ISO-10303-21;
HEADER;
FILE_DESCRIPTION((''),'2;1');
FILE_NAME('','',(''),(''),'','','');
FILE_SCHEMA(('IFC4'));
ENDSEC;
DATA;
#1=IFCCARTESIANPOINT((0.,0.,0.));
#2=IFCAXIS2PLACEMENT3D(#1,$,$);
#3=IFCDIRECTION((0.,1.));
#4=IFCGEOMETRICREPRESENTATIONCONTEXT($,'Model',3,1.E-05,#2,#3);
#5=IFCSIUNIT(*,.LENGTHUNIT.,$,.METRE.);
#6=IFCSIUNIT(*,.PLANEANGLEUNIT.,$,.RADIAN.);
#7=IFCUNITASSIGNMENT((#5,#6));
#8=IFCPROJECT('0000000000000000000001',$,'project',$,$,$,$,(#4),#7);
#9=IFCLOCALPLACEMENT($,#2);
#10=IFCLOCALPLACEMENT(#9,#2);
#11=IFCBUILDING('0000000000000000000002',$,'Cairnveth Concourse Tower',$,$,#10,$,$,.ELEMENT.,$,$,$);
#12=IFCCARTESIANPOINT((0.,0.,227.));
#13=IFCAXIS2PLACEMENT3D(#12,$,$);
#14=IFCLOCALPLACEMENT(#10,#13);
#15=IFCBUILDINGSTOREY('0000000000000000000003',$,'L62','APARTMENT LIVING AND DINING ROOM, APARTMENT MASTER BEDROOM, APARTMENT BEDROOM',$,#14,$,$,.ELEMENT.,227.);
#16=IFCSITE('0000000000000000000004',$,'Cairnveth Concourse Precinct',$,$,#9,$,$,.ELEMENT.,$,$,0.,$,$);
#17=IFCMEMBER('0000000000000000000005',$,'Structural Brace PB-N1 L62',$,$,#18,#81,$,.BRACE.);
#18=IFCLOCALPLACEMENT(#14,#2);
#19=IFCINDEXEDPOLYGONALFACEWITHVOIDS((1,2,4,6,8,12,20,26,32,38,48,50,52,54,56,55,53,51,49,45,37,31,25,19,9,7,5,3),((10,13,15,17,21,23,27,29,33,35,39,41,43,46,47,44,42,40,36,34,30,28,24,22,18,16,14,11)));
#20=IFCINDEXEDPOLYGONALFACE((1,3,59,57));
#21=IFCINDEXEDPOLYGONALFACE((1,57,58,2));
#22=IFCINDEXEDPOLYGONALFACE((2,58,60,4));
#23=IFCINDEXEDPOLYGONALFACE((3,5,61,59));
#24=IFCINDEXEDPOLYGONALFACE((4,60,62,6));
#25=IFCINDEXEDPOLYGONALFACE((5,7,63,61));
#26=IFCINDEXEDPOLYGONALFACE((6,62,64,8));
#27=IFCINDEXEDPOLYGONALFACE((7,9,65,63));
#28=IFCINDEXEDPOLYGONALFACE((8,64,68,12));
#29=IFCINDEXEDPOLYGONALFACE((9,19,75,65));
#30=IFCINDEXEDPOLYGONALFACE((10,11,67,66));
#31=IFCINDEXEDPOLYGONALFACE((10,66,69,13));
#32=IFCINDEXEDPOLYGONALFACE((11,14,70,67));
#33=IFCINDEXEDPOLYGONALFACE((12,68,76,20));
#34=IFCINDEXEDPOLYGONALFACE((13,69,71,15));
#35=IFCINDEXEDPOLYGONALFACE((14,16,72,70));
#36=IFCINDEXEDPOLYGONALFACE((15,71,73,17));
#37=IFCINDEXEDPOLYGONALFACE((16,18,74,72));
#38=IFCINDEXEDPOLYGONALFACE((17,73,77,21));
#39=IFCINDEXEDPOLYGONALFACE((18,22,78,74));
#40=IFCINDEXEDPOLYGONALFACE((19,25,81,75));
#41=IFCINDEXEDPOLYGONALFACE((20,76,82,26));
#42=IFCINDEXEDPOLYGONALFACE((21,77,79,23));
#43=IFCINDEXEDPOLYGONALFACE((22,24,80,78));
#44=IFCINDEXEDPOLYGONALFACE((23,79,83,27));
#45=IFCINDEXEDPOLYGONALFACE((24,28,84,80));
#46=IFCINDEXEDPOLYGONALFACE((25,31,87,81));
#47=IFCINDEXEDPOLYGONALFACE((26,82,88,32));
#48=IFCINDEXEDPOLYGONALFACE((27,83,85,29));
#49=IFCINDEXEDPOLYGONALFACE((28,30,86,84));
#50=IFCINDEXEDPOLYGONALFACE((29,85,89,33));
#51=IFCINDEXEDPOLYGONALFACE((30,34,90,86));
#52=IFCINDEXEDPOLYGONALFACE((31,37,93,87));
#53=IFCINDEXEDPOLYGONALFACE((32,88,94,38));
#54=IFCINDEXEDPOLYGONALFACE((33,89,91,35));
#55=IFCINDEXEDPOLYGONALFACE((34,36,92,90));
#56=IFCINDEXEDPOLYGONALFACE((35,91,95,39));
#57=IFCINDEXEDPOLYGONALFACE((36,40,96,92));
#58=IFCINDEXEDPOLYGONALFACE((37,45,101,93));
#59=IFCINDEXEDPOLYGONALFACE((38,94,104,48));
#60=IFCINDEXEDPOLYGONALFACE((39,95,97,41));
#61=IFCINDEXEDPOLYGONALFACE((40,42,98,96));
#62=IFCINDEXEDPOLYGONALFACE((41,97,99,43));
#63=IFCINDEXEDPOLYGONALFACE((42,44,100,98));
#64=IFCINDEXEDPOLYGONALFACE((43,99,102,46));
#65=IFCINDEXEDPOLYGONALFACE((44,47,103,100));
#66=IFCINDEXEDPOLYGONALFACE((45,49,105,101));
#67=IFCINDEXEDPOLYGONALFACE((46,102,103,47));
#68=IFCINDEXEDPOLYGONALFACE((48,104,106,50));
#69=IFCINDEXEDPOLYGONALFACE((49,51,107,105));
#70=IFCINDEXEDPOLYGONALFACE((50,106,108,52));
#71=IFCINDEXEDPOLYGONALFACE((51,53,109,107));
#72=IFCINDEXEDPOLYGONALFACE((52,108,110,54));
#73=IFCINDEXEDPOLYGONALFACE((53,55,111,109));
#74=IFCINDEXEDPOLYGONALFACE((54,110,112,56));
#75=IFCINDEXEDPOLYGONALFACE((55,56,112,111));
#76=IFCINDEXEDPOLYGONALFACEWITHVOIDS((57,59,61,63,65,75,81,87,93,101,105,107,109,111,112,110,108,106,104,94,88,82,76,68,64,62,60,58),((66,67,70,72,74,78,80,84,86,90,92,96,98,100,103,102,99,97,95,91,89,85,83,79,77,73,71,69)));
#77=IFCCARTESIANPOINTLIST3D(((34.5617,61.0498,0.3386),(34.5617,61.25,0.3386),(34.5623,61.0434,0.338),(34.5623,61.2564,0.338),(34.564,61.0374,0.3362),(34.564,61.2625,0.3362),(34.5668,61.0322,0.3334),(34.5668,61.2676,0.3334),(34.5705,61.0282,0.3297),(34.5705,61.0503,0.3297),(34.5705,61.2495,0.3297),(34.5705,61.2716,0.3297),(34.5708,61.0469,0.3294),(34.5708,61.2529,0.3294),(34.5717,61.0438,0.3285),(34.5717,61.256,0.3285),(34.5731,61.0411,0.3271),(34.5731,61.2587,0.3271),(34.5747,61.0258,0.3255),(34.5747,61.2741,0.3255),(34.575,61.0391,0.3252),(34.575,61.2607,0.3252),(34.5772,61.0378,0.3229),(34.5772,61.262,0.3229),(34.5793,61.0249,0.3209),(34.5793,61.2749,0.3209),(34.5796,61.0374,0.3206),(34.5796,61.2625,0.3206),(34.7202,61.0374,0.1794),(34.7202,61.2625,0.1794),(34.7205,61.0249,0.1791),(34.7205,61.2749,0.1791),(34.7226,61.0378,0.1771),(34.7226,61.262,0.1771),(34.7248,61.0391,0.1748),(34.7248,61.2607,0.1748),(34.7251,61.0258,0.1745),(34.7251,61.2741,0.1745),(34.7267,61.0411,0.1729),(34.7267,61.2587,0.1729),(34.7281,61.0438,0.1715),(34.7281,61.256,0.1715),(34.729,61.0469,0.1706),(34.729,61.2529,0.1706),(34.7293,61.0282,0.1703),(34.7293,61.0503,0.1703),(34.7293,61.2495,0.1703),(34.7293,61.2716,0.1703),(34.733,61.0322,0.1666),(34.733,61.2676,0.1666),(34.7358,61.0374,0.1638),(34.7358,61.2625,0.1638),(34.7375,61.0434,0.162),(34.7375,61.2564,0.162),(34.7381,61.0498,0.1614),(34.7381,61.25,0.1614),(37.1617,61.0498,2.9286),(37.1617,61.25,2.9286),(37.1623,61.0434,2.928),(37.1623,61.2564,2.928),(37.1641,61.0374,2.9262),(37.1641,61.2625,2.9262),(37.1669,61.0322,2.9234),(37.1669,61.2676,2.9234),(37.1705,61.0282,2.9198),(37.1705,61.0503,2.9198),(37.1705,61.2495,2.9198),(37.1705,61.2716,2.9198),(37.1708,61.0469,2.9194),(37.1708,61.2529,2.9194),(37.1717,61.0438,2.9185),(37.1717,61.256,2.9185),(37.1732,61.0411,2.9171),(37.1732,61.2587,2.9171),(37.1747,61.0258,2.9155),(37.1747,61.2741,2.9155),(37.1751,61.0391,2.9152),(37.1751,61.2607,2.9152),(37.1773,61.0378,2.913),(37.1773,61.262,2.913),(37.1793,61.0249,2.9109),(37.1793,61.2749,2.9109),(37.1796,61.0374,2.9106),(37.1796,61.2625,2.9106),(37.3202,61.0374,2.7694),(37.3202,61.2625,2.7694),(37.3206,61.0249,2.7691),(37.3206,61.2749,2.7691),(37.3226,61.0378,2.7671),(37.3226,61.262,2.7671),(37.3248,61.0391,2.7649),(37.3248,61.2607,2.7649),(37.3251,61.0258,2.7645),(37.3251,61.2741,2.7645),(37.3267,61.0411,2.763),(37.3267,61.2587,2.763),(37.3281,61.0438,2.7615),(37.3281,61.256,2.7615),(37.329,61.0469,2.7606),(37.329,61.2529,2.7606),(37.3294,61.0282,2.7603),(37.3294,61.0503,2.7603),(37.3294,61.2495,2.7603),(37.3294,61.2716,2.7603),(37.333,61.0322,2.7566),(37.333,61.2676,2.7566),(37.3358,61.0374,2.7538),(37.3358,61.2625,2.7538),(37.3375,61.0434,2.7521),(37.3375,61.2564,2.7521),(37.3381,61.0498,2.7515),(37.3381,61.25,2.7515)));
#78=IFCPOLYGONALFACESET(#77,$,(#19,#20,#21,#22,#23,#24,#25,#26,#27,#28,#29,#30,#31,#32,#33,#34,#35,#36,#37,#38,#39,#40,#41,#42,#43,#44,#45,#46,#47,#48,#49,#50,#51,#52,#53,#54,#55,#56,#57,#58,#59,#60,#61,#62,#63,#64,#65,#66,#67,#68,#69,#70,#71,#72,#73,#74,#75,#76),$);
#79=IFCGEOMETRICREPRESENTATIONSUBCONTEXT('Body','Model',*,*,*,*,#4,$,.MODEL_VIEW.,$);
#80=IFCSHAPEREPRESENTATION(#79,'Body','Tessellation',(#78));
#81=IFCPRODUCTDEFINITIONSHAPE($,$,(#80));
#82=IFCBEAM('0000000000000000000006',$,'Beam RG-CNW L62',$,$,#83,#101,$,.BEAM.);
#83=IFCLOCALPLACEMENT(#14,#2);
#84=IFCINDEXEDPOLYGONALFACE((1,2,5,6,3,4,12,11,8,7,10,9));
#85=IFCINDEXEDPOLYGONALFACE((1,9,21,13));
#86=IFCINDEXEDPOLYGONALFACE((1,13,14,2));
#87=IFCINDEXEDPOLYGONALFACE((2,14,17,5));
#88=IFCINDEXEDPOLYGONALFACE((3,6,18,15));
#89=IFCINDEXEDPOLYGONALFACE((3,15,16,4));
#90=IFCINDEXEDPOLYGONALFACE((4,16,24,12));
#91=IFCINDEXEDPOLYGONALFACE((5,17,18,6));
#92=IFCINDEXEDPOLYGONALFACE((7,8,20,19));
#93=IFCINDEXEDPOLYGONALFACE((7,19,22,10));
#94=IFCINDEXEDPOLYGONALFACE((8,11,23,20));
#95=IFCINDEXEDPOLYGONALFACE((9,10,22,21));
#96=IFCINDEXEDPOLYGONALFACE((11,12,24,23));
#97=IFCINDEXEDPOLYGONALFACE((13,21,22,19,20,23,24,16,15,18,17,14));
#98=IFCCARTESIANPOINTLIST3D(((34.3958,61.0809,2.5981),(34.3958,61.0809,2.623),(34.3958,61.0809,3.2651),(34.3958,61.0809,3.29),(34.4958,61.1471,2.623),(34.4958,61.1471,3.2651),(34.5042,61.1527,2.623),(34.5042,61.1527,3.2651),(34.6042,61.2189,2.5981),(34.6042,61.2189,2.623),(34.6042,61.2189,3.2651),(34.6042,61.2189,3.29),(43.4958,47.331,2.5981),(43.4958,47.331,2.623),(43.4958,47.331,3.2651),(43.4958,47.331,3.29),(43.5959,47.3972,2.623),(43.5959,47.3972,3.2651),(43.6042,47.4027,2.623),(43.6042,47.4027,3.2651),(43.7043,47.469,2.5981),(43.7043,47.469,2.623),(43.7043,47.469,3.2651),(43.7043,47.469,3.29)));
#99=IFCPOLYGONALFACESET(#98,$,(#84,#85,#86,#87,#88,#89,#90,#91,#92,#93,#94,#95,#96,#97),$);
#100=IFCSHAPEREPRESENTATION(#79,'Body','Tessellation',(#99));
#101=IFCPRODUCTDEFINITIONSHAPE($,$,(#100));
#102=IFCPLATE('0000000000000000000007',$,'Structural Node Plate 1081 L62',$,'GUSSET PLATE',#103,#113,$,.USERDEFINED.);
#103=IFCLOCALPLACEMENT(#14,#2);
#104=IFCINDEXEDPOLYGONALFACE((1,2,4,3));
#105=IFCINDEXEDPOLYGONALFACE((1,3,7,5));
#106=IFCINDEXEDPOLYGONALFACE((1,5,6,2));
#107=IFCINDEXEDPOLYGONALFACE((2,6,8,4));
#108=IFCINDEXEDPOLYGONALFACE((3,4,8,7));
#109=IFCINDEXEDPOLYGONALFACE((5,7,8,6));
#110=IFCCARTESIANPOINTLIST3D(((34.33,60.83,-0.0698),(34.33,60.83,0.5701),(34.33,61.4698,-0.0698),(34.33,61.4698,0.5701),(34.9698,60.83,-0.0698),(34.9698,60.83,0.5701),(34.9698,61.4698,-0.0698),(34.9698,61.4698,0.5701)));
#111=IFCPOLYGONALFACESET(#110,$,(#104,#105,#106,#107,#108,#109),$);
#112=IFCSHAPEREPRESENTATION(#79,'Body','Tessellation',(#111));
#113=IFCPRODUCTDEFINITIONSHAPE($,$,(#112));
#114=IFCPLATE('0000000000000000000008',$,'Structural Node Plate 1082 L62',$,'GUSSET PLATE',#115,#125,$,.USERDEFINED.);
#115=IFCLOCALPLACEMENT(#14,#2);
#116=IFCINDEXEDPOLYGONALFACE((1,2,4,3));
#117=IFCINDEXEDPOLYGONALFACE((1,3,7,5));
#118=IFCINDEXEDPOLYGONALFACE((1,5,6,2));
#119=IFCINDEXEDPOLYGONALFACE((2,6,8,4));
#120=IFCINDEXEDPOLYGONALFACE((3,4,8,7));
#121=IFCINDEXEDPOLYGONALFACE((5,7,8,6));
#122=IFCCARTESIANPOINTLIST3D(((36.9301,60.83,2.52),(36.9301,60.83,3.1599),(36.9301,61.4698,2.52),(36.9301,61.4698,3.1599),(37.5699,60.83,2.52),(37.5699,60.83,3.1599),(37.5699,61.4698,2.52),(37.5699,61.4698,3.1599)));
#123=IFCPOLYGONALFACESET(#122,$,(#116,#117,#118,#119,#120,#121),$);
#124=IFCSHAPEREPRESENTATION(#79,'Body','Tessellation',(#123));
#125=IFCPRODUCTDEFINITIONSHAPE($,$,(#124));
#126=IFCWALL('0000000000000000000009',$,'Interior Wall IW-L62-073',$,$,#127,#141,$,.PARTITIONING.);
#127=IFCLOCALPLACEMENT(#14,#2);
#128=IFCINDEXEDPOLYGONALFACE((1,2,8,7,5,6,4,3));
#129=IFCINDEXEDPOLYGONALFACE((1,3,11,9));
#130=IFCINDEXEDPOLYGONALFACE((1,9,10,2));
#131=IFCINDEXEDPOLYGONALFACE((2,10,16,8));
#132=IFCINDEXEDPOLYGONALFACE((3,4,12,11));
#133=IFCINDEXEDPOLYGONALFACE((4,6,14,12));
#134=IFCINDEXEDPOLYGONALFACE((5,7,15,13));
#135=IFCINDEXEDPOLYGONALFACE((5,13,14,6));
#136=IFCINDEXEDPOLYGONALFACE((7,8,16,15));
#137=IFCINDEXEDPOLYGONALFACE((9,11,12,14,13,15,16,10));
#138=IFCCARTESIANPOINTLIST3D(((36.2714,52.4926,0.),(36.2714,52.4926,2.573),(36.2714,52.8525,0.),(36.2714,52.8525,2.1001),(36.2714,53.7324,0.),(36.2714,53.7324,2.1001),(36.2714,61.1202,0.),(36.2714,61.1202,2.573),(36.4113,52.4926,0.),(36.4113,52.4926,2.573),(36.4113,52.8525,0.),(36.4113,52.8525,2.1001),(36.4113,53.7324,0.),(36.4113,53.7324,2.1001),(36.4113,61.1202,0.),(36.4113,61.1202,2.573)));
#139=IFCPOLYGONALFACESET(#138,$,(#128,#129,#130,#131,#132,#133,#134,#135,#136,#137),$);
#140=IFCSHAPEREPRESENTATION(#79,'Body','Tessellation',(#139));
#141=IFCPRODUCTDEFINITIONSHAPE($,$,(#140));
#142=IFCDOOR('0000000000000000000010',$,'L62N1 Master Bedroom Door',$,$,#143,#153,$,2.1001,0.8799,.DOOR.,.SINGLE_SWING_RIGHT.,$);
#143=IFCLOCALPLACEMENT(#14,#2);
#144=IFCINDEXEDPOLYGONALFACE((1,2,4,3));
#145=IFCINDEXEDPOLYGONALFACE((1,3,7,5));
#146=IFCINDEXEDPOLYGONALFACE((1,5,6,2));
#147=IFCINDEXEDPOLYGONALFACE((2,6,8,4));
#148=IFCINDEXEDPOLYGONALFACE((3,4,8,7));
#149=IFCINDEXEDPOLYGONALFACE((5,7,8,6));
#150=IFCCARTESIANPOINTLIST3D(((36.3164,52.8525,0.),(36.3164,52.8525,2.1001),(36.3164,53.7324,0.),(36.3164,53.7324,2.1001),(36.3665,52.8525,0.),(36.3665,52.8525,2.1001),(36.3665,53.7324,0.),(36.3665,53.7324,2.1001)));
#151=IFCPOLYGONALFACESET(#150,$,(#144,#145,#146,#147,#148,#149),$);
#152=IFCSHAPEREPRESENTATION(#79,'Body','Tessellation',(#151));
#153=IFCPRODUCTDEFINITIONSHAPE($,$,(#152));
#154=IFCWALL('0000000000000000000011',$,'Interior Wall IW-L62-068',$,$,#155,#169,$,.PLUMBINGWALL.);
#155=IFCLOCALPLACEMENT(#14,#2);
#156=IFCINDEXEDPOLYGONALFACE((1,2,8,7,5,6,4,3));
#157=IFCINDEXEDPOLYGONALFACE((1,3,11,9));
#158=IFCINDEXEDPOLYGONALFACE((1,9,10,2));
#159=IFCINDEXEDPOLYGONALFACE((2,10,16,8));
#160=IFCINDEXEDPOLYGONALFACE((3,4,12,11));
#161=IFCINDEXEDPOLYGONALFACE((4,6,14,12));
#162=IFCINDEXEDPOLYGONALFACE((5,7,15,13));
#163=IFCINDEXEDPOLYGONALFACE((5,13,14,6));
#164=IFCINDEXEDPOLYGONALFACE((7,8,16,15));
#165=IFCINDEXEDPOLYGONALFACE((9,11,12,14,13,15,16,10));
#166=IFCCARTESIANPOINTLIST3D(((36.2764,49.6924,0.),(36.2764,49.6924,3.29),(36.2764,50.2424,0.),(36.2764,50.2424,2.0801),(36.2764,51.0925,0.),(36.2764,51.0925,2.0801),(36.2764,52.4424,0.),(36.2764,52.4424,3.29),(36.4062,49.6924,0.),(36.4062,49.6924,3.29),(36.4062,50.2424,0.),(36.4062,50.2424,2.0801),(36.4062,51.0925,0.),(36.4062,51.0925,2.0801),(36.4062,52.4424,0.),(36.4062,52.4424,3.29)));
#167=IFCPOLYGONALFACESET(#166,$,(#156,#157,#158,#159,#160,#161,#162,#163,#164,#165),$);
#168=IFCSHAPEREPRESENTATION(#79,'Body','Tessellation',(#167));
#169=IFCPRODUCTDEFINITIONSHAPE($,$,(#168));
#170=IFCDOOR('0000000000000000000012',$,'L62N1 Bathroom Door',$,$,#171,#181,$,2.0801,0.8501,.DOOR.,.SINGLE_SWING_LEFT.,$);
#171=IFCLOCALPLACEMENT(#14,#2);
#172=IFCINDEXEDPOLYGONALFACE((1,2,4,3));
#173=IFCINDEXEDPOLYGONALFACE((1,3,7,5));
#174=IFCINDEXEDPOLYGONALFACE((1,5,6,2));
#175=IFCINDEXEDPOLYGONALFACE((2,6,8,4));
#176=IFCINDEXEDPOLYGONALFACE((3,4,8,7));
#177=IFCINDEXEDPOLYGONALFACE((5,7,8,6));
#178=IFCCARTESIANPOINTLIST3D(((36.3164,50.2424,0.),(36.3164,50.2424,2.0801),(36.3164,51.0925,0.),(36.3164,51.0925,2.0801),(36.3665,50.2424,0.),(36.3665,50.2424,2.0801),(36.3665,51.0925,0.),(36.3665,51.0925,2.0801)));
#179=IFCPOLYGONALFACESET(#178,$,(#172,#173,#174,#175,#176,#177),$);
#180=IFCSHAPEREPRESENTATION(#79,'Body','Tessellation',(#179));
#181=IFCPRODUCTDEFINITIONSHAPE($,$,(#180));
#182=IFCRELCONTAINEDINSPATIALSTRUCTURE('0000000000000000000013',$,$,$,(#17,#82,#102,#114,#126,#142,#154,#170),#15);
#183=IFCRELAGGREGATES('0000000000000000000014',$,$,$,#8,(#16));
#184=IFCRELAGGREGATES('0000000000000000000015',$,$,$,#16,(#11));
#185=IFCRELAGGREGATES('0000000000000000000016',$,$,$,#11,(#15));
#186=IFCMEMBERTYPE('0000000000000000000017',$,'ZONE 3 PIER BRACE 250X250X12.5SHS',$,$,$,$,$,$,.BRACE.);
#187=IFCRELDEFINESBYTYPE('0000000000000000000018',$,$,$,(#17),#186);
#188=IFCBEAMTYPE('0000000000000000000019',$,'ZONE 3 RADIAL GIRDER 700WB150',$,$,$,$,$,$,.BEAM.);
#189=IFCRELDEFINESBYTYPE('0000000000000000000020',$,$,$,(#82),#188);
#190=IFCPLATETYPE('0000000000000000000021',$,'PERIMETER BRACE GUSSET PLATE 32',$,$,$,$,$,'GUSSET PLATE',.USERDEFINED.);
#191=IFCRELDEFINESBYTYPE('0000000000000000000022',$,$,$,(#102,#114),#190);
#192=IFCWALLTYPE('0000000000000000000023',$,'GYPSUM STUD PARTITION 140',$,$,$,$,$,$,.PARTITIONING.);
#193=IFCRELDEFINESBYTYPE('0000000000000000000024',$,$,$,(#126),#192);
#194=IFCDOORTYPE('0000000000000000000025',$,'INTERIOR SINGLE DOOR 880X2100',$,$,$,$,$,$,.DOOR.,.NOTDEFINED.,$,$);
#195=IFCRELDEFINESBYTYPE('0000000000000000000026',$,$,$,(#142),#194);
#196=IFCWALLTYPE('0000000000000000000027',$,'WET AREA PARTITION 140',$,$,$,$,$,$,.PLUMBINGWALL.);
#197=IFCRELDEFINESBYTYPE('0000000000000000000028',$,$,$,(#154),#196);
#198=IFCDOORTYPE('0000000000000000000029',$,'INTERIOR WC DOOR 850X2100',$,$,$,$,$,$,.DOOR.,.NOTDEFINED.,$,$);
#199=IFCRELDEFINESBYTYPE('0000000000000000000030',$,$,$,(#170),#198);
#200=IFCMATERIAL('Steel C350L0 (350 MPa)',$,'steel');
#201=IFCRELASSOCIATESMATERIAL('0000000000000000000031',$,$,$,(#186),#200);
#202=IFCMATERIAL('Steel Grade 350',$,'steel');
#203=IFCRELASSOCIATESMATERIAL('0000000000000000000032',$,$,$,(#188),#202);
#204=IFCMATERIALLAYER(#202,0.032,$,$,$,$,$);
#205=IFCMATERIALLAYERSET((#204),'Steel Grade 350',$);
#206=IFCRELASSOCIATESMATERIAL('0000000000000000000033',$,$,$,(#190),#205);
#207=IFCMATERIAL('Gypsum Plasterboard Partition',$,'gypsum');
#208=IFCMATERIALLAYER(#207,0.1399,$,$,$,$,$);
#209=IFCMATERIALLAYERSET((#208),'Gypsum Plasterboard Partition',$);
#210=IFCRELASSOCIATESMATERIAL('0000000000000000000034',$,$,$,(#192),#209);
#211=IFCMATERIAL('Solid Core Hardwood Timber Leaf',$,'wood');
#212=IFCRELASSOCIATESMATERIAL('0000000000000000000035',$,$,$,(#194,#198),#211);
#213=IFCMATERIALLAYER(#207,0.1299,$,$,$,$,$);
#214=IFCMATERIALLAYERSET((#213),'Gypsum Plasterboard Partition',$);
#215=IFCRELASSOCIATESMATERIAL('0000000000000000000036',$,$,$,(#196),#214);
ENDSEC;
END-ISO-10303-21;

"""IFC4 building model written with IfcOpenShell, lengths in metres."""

from ifc_helpers import new_model, si_unit, direction, frame, frame_2d, origin, origin_2d, place, context, subcontext, project, spatial, rectangle, hollow_rectangle, i_section, extrude, material, layer, layer_set, material_profile, profile_set, type_object, element, fill, save


model = new_model("IFC4")

# Units and contexts
model_context = context("Model", 3, precision=1e-05, world=origin(), true_north=direction((0.0, 1.0)))
body_context = subcontext(model_context, "Body", "Model", "MODEL_VIEW")
ifc_project = project(units=[si_unit("LENGTHUNIT", "METRE"), si_unit("PLANEANGLEUNIT", "RADIAN")], contexts=[model_context])

# Site, building, storey
site_placement = place(None, origin())
site = spatial("IfcSite", under=ifc_project, at=site_placement, Name="Cairnveth Concourse Precinct", CompositionType="ELEMENT", RefElevation=0.0)
building_placement = place(site_placement, origin())
building = spatial("IfcBuilding", under=site, at=building_placement, Name="Cairnveth Concourse Tower", CompositionType="ELEMENT")
storey_placement = place(building_placement, frame((0.0, 0.0, 227.0)))
storey = spatial("IfcBuildingStorey", under=building, at=storey_placement, Name="L62", Description="APARTMENT LIVING AND DINING ROOM, APARTMENT MASTER BEDROOM, APARTMENT BEDROOM", CompositionType="ELEMENT", Elevation=227.0)

# Member
ifc_material_1 = material(Name="Steel C350L0 (350 MPa)", Category="steel")
ifc_material_profile_1 = material_profile(ifc_material_1, hollow_rectangle(XDim=0.25, YDim=0.25, WallThickness=0.0125, InnerFilletRadius=0.0129, OuterFilletRadius=0.0249, at=origin_2d()), Name="250x250x12.5SHS")
ifc_profile_set_1 = profile_set([ifc_material_profile_1], Name="Steel C350L0 (350 MPa)")
member_type = type_object("IfcMemberType", Name="ZONE 3 PIER BRACE 250X250X12.5SHS", PredefinedType="BRACE", material=ifc_profile_set_1)
member_placement = place(storey_placement, frame((34.6499, 61.1499, 0.25), z_axis=(0.708469, 0.0, 0.705742), x_axis=(0.0, 1.0, 0.0)))
element("IfcMember", 1, at=member_placement, inside=storey, type_object=member_type, Name="Structural Brace PB-N1 L62", PredefinedType="BRACE", context=body_context, shape_type="SweptSolid", body=[
    extrude(hollow_rectangle(XDim=0.25, YDim=0.25, WallThickness=0.0125, InnerFilletRadius=0.0129, OuterFilletRadius=0.0249, at=origin_2d()), origin(), (0.0, 0.0, 1.0), 3.6699),
])

# Beam
ifc_material_2 = material(Name="Steel Grade 350", Category="steel")
ifc_material_profile_2 = material_profile(ifc_material_2, i_section(OverallWidth=0.25, OverallDepth=0.6919, WebThickness=0.01, FlangeThickness=0.0249, at=origin_2d()), Name="700WB150")
ifc_profile_set_2 = profile_set([ifc_material_profile_2], Name="Steel Grade 350")
beam_type = type_object("IfcBeamType", Name="ZONE 3 RADIAL GIRDER 700WB150", PredefinedType="BEAM", material=ifc_profile_set_2)
beam_placement = place(storey_placement, frame((34.5, 61.1499, 2.9441), z_axis=(0.551902, -0.833909, 0.0), x_axis=(0.833909, 0.551902, 0.0)))
element("IfcBeam", 2, at=beam_placement, inside=storey, type_object=beam_type, Name="Beam RG-CNW L62", PredefinedType="BEAM", context=body_context, shape_type="SweptSolid", body=[
    extrude(i_section(OverallWidth=0.25, OverallDepth=0.6919, WebThickness=0.01, FlangeThickness=0.0249, at=origin_2d()), origin(), (0.0, 0.0, 1.0), 16.4885),
])

# Plates
ifc_layer_1 = layer(ifc_material_2, 0.032)
ifc_layer_set_1 = layer_set([ifc_layer_1], Name="Steel Grade 350")
plate_type = type_object("IfcPlateType", Name="PERIMETER BRACE GUSSET PLATE 32", ElementType="GUSSET PLATE", PredefinedType="USERDEFINED", material=ifc_layer_set_1)
for number, where, z_axis, x_axis, name in (
    (3, (34.6499, 61.1499, -0.0698), (0.0, 0.0, 1.0), (1.0, 0.0, 0.0), "Structural Node Plate 1081 L62"),
    (4, (37.25, 61.1499, 2.52), (0.0, 0.0, 1.0), (1.0, 0.0, 0.0), "Structural Node Plate 1082 L62"),
):
    element("IfcPlate", number, at=place(storey_placement, frame(where, z_axis=z_axis, x_axis=x_axis)), inside=storey, type_object=plate_type, Name=name, ObjectType="GUSSET PLATE", PredefinedType="USERDEFINED", context=body_context, shape_type="SweptSolid", body=[
        extrude(rectangle(XDim=0.6399, YDim=0.6399, at=origin_2d()), origin(), (0.0, 0.0, 1.0), 0.6399),
    ])

# Walls, openings, doors
ifc_material_3 = material(Name="Gypsum Plasterboard Partition", Category="gypsum")
ifc_layer_2 = layer(ifc_material_3, 0.1399)
ifc_layer_set_2 = layer_set([ifc_layer_2], Name="Gypsum Plasterboard Partition")
wall_type_1 = type_object("IfcWallType", Name="GYPSUM STUD PARTITION 140", PredefinedType="PARTITIONING", material=ifc_layer_set_2)
wall_1_placement = place(storey_placement, frame((36.3413, 52.4924, 0.0), z_axis=(0.0, 0.0, 1.0), x_axis=(0.0, 1.0, 0.0)))
wall_1 = element("IfcWall", 5, at=wall_1_placement, inside=storey, type_object=wall_type_1, Name="Interior Wall IW-L62-073", PredefinedType="PARTITIONING", context=body_context, shape_type="SweptSolid", body=[
    extrude(rectangle(XDim=8.6277, YDim=0.1399, at=frame_2d((4.314, 0.0))), origin(), (0.0, 0.0, 1.0), 2.573),
])
opening_1_placement = place(wall_1_placement, frame((0.3601, 0.0, 0.0)))
opening_1 = element("IfcOpeningElement", 6, at=opening_1_placement, cuts=wall_1, PredefinedType="OPENING", context=body_context, shape_type="SweptSolid", body=[
    extrude(rectangle(XDim=0.8799, YDim=2.1001, at=frame_2d((0.4399, 1.05))), frame((0.0, 0.0798, 0.0), z_axis=(0.0, -1.0, 0.0), x_axis=(1.0, 0.0, 0.0)), (0.0, 0.0, 1.0), 0.1599),
])
ifc_material_4 = material(Name="Solid Core Hardwood Timber Leaf", Category="wood")
door_type_1 = type_object("IfcDoorType", Name="INTERIOR SINGLE DOOR 880X2100", OperationType="NOTDEFINED", PredefinedType="DOOR", material=ifc_material_4)
door_1_placement = place(opening_1_placement, origin())
door_1 = element("IfcDoor", 7, at=door_1_placement, inside=storey, type_object=door_type_1, Name="L62N1 Master Bedroom Door", OperationType="SINGLE_SWING_RIGHT", OverallHeight=2.1001, OverallWidth=0.8799, PredefinedType="DOOR", context=body_context, shape_type="SweptSolid", body=[
    extrude(rectangle(XDim=0.8799, YDim=2.1001, at=frame_2d((0.4399, 1.05))), frame((0.0, 0.0249, 0.0), z_axis=(0.0, -1.0, 0.0), x_axis=(1.0, 0.0, 0.0)), (0.0, 0.0, 1.0), 0.05),
])
fill(opening_1, door_1)
ifc_layer_3 = layer(ifc_material_3, 0.1299)
ifc_layer_set_3 = layer_set([ifc_layer_3], Name="Gypsum Plasterboard Partition")
wall_type_2 = type_object("IfcWallType", Name="WET AREA PARTITION 140", PredefinedType="PLUMBINGWALL", material=ifc_layer_set_3)
wall_2_placement = place(storey_placement, frame((36.3413, 49.6924, 0.0), z_axis=(0.0, 0.0, 1.0), x_axis=(0.0, 1.0, 0.0)))
wall_2 = element("IfcWall", 8, at=wall_2_placement, inside=storey, type_object=wall_type_2, Name="Interior Wall IW-L62-068", PredefinedType="PLUMBINGWALL", context=body_context, shape_type="SweptSolid", body=[
    extrude(rectangle(XDim=2.75, YDim=0.1299, at=frame_2d((1.375, 0.0))), origin(), (0.0, 0.0, 1.0), 3.29),
])
opening_2_placement = place(wall_2_placement, frame((0.55, 0.0, 0.0)))
opening_2 = element("IfcOpeningElement", 9, at=opening_2_placement, cuts=wall_2, PredefinedType="OPENING", context=body_context, shape_type="SweptSolid", body=[
    extrude(rectangle(XDim=0.8501, YDim=2.0801, at=frame_2d((0.425, 1.04))), frame((0.0, 0.075, 0.0), z_axis=(0.0, -1.0, 0.0), x_axis=(1.0, 0.0, 0.0)), (0.0, 0.0, 1.0), 0.1499),
])
door_type_2 = type_object("IfcDoorType", Name="INTERIOR WC DOOR 850X2100", OperationType="NOTDEFINED", PredefinedType="DOOR", material=ifc_material_4)
door_2_placement = place(opening_2_placement, origin())
door_2 = element("IfcDoor", 10, at=door_2_placement, inside=storey, type_object=door_type_2, Name="L62N1 Bathroom Door", OperationType="SINGLE_SWING_LEFT", OverallHeight=2.0801, OverallWidth=0.8501, PredefinedType="DOOR", context=body_context, shape_type="SweptSolid", body=[
    extrude(rectangle(XDim=0.8501, YDim=2.0801, at=frame_2d((0.425, 1.04))), frame((0.0, 0.0249, 0.0), z_axis=(0.0, -1.0, 0.0), x_axis=(1.0, 0.0, 0.0)), (0.0, 0.0, 1.0), 0.05),
])
fill(opening_2, door_2)

save(model, "model.ifc")
